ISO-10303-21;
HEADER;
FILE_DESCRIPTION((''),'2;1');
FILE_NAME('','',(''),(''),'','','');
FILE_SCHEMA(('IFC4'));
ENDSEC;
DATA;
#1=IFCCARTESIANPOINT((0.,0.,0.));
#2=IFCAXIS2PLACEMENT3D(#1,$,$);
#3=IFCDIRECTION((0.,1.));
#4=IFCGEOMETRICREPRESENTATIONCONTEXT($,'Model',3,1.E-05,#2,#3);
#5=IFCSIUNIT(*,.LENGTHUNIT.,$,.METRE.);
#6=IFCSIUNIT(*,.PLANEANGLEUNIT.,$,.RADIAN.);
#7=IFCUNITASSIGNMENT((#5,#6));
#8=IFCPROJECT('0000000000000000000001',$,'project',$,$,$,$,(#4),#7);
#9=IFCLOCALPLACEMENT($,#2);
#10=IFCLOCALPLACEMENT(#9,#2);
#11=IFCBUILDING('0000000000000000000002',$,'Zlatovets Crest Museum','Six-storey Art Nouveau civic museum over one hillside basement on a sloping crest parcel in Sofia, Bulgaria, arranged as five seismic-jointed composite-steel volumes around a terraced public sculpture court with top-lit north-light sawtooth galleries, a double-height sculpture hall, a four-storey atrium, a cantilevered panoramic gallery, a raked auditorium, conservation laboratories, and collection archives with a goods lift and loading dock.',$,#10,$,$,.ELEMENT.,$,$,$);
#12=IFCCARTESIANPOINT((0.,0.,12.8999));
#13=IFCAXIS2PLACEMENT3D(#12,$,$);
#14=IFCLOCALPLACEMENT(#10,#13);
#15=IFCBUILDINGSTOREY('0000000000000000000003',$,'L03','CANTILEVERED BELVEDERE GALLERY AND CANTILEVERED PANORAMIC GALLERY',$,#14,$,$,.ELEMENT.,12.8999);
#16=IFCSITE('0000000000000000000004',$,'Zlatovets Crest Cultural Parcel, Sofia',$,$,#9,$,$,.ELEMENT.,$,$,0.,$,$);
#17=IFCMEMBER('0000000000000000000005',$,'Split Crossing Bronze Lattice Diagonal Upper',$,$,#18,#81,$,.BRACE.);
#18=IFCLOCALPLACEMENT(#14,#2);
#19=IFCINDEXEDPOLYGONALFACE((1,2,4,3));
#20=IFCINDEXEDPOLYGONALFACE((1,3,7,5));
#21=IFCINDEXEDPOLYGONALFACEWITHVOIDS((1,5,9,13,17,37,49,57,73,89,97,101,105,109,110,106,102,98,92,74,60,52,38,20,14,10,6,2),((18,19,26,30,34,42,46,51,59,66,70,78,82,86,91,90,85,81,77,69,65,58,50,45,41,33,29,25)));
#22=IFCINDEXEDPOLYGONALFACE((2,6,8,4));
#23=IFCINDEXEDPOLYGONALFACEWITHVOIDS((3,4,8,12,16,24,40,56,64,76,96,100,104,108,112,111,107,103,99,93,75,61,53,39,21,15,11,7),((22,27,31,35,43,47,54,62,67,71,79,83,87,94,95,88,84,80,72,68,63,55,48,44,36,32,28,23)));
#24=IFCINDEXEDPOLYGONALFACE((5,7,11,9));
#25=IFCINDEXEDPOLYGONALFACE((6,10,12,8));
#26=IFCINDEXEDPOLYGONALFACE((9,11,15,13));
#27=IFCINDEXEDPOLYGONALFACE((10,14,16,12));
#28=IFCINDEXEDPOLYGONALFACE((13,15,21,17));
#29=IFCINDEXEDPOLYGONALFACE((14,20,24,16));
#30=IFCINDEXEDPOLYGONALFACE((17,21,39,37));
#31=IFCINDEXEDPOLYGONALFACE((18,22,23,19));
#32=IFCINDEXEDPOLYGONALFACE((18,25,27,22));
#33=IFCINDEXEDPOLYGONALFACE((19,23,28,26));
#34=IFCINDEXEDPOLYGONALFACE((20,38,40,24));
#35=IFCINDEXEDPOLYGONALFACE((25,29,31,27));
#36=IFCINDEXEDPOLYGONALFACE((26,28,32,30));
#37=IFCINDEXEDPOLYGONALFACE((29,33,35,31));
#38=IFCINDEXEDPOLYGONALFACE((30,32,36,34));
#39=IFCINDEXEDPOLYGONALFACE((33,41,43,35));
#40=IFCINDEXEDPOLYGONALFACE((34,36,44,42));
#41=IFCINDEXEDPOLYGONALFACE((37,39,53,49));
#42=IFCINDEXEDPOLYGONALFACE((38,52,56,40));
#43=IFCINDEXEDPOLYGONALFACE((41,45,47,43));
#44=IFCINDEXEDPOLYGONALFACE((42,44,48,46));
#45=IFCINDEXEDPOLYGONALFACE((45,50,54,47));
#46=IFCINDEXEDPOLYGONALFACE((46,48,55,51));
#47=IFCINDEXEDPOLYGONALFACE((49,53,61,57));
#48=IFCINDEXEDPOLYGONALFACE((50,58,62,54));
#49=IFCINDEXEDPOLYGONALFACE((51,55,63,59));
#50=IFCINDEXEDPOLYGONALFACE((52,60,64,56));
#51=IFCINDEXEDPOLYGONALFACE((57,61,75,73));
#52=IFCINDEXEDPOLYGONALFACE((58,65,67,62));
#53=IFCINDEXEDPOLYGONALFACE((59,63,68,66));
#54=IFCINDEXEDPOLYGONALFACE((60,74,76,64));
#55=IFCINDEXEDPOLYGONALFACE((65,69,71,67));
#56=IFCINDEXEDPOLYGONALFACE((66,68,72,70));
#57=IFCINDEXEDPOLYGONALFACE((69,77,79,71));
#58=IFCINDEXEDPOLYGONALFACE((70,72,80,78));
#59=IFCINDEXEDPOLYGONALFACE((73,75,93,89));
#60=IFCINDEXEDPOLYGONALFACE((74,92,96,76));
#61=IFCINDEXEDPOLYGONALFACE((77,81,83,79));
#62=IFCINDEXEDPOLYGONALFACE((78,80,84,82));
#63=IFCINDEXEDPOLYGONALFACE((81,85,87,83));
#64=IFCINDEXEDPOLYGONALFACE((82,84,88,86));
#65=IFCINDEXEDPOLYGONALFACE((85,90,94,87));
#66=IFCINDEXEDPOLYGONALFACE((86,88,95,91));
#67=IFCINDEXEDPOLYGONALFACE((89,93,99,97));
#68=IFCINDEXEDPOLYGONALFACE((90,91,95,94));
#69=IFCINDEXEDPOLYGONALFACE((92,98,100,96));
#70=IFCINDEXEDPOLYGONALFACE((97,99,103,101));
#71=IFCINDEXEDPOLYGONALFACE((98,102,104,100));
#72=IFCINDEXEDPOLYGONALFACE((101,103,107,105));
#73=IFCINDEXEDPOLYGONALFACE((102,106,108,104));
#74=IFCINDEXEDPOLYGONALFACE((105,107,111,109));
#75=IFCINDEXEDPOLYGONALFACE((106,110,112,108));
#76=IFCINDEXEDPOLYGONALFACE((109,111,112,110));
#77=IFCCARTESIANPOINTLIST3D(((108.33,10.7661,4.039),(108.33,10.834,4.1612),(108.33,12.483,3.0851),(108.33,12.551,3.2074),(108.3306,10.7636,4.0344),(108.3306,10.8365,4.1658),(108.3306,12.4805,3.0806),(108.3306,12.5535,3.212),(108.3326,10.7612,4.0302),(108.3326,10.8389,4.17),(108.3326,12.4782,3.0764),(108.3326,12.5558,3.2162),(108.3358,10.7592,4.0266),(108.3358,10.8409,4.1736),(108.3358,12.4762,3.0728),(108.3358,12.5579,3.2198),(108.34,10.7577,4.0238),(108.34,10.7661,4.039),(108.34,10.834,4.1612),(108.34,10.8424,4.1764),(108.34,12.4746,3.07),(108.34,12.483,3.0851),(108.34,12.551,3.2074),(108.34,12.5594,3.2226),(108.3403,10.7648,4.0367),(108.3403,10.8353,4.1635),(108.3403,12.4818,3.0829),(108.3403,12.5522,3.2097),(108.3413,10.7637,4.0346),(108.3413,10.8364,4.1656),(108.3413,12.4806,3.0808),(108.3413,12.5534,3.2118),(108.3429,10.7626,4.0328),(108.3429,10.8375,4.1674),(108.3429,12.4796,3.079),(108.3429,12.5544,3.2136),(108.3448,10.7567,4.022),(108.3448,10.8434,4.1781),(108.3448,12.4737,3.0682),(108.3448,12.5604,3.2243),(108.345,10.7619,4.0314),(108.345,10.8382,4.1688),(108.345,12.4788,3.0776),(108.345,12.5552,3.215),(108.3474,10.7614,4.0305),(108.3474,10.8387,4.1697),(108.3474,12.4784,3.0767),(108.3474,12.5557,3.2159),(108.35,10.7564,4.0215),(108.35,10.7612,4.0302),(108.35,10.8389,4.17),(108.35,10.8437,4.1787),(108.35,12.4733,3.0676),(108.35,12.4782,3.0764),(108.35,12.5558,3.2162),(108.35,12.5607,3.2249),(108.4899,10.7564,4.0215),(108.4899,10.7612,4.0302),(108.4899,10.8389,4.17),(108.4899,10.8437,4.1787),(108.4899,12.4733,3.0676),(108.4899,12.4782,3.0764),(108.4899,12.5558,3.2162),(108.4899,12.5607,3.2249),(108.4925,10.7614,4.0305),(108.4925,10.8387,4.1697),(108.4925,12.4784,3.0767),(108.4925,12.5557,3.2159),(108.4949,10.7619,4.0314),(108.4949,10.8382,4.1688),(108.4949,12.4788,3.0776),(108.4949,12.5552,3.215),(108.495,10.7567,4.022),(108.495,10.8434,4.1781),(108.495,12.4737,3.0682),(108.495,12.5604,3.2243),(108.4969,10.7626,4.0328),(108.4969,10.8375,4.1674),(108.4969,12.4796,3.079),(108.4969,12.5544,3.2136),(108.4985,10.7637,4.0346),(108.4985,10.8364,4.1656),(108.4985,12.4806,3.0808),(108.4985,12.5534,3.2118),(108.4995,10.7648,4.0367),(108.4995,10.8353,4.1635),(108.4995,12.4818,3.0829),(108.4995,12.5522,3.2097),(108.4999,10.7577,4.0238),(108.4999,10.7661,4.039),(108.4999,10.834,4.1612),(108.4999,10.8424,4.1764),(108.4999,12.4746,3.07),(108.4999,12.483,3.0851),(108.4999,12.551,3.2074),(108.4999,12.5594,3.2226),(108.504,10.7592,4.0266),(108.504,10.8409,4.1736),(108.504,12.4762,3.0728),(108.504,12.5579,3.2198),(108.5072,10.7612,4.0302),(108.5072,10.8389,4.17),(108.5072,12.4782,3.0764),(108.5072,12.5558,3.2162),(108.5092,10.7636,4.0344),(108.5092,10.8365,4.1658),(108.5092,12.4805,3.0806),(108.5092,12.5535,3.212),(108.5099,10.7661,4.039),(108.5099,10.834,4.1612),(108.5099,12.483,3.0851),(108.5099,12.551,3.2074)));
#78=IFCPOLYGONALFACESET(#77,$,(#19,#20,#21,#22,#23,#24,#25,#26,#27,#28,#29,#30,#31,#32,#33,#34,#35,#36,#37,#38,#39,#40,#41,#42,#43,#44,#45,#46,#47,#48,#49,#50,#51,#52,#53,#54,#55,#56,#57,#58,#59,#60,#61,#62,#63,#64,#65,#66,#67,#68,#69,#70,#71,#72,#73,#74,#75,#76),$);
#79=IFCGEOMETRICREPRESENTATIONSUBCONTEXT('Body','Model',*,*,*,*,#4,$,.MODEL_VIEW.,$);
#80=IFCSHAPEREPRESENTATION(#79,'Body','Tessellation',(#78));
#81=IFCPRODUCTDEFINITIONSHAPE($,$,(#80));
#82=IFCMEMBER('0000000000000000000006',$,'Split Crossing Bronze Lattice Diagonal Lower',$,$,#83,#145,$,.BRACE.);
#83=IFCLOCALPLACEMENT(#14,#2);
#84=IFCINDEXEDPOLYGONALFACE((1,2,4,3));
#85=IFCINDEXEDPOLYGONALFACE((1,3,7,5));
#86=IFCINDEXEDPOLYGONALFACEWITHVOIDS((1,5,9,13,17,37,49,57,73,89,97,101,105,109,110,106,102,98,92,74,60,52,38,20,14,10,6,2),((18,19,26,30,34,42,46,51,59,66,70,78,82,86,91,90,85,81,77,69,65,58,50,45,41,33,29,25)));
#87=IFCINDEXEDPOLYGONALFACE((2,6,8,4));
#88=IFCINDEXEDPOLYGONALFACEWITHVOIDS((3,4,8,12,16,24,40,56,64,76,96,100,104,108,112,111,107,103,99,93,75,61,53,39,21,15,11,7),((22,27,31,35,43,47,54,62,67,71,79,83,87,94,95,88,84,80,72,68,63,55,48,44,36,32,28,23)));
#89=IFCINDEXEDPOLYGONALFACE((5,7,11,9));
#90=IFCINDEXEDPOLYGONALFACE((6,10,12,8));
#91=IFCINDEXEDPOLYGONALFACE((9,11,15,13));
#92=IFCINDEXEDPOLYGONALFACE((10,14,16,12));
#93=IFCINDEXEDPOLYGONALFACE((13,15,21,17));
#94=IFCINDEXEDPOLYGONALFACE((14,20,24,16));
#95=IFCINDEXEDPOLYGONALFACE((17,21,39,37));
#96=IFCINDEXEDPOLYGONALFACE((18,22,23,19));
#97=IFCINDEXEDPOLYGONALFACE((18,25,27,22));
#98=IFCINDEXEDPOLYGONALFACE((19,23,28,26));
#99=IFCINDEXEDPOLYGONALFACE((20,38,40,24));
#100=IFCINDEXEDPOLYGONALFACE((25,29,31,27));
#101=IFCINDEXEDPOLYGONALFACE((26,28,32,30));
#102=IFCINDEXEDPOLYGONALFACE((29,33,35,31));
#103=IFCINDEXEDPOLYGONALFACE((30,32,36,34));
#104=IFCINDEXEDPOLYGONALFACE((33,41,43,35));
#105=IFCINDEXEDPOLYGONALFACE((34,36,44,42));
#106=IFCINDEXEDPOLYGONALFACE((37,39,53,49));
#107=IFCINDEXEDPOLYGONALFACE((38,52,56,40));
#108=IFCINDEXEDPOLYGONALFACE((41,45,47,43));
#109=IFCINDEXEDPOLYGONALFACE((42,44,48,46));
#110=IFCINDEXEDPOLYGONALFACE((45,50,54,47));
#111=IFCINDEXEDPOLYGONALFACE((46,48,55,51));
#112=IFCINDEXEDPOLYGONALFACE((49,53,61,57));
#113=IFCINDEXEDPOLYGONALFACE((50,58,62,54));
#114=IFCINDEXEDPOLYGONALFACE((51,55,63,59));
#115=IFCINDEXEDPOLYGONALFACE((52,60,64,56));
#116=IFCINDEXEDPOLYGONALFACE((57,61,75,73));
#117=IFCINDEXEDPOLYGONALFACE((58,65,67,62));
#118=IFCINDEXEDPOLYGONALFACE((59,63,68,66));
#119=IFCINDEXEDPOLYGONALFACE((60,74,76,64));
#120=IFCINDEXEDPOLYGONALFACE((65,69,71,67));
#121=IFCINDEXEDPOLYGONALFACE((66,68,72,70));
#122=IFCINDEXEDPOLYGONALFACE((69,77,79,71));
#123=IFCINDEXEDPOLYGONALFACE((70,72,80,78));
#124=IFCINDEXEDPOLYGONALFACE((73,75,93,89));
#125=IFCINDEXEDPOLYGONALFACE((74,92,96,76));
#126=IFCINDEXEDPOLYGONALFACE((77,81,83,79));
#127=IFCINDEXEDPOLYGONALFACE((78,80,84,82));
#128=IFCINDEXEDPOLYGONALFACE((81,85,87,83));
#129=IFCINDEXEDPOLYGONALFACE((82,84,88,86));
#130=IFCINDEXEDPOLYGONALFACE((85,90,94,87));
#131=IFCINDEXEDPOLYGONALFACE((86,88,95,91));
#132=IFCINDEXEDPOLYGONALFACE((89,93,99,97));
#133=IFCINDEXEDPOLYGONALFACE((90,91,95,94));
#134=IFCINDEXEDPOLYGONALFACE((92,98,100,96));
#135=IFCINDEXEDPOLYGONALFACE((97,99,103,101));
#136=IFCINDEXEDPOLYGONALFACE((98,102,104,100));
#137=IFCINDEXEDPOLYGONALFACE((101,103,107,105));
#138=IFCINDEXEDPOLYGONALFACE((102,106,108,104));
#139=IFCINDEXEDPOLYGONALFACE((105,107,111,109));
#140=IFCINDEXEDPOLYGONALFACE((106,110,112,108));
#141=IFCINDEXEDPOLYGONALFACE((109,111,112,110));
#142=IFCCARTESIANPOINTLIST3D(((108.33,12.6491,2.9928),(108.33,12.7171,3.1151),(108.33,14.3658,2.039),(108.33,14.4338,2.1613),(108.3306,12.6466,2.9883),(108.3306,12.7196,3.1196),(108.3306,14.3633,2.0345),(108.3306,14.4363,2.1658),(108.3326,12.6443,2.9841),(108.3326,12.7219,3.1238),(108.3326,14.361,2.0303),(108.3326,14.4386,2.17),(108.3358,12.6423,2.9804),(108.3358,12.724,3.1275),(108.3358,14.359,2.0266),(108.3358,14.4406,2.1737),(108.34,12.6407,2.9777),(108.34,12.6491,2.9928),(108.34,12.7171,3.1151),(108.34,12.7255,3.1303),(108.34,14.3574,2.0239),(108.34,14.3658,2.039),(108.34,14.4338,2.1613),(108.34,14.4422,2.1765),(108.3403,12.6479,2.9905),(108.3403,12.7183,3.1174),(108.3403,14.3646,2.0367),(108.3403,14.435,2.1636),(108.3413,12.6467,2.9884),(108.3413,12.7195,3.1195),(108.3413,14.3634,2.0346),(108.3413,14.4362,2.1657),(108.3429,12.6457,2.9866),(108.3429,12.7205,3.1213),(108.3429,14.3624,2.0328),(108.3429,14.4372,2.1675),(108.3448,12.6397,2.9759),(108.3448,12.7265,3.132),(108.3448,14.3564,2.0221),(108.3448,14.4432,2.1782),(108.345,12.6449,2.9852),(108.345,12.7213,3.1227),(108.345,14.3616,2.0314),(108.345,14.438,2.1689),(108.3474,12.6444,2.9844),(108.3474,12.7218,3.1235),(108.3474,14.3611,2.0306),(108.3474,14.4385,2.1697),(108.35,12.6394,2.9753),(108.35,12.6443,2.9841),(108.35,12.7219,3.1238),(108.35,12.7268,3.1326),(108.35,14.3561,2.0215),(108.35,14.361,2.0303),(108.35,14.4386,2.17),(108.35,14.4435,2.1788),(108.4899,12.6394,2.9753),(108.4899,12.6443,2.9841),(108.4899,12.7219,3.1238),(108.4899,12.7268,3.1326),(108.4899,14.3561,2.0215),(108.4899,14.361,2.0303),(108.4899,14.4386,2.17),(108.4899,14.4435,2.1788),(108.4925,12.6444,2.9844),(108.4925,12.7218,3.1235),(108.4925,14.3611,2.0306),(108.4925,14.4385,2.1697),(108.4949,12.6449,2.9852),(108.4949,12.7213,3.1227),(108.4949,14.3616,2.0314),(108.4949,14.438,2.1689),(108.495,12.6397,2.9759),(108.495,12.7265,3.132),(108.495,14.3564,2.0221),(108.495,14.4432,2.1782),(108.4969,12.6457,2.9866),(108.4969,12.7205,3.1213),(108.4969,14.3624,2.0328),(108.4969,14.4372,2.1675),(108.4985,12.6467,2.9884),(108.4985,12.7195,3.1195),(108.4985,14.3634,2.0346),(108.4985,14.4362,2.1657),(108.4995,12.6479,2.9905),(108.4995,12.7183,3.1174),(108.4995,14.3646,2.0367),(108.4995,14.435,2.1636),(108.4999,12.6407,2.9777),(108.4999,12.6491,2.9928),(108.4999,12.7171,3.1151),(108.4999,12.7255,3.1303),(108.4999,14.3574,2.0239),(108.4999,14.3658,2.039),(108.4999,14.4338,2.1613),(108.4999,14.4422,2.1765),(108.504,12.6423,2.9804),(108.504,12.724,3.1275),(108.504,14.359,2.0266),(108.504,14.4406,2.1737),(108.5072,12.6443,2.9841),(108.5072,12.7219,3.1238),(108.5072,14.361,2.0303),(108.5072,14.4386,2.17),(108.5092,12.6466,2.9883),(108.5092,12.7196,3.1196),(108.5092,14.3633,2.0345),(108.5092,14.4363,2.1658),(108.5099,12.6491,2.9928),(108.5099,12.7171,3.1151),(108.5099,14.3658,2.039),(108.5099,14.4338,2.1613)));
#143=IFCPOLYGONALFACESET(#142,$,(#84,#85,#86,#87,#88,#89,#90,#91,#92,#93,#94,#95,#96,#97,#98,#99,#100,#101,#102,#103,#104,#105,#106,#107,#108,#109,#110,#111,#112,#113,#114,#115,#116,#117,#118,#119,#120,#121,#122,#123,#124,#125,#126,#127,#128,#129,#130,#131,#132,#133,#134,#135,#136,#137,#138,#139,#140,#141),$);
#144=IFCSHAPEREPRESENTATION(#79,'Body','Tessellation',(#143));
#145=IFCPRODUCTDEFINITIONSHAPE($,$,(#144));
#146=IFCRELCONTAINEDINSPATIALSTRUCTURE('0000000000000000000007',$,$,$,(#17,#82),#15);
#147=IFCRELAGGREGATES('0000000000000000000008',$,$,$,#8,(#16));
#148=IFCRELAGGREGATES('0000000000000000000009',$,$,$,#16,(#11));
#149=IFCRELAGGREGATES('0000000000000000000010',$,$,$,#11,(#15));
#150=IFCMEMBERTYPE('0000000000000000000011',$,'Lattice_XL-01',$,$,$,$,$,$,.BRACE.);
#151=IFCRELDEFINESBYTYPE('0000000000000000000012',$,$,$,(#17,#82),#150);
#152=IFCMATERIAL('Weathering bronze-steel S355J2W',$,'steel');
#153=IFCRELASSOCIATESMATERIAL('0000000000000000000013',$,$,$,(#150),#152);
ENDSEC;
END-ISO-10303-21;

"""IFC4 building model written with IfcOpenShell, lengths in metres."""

from ifc_helpers import new_model, si_unit, direction, frame, origin, origin_2d, place, context, subcontext, project, spatial, hollow_rectangle, extrude, material, material_profile, profile_set, type_object, element, save


model = new_model("IFC4")

# Units and contexts
model_context = context("Model", 3, precision=1e-05, world=origin(), true_north=direction((0.0, 1.0)))
body_context = subcontext(model_context, "Body", "Model", "MODEL_VIEW")
ifc_project = project(units=[si_unit("LENGTHUNIT", "METRE"), si_unit("PLANEANGLEUNIT", "RADIAN")], contexts=[model_context])

# Site, building, storey
site_placement = place(None, origin())
site = spatial("IfcSite", under=ifc_project, at=site_placement, Name="Zlatovets Crest Cultural Parcel, Sofia", CompositionType="ELEMENT", RefElevation=0.0)
building_placement = place(site_placement, origin())
building = spatial("IfcBuilding", under=site, at=building_placement, Name="Zlatovets Crest Museum", Description="Six-storey Art Nouveau civic museum over one hillside basement on a sloping crest parcel in Sofia, Bulgaria, arranged as five seismic-jointed composite-steel volumes around a terraced public sculpture court with top-lit north-light sawtooth galleries, a double-height sculpture hall, a four-storey atrium, a cantilevered panoramic gallery, a raked auditorium, conservation laboratories, and collection archives with a goods lift and loading dock.", CompositionType="ELEMENT")
storey_placement = place(building_placement, frame((0.0, 0.0, 12.8999)))
storey = spatial("IfcBuildingStorey", under=building, at=storey_placement, Name="L03", Description="CANTILEVERED BELVEDERE GALLERY AND CANTILEVERED PANORAMIC GALLERY", CompositionType="ELEMENT", Elevation=12.8999)

# Members
ifc_material_1 = material(Name="Weathering bronze-steel S355J2W", Category="steel")
ifc_material_profile_1 = material_profile(ifc_material_1, hollow_rectangle(XDim=0.1799, YDim=0.1799, WallThickness=0.01, InnerFilletRadius=0.01, OuterFilletRadius=0.02, at=origin_2d()), Name="SHS 180x180x10.0")
ifc_profile_set_1 = profile_set([ifc_material_profile_1], Name="Weathering bronze-steel S355J2W")
member_type_1 = type_object("IfcMemberType", Name="Lattice_XL-01", PredefinedType="BRACE", material=ifc_profile_set_1)
member_1_placement = place(storey_placement, frame((108.4199, 10.8, 4.1001), z_axis=(0.0, 0.874169, -0.485622), x_axis=(-1.0, 0.0, 0.0)))
element("IfcMember", 1, at=member_1_placement, inside=storey, type_object=member_type_1, Name="Split Crossing Bronze Lattice Diagonal Upper", PredefinedType="BRACE", context=body_context, shape_type="SweptSolid", body=[
    extrude(hollow_rectangle(XDim=0.1799, YDim=0.1799, WallThickness=0.01, InnerFilletRadius=0.01, OuterFilletRadius=0.02, at=origin_2d()), origin(), (0.0, 0.0, 1.0), 1.9641),
])
member_2_placement = place(storey_placement, frame((108.4199, 12.6831, 3.054), z_axis=(0.0, 0.87414, -0.485675), x_axis=(-1.0, 0.0, 0.0)))
element("IfcMember", 2, at=member_2_placement, inside=storey, type_object=member_type_1, Name="Split Crossing Bronze Lattice Diagonal Lower", PredefinedType="BRACE", context=body_context, shape_type="SweptSolid", body=[
    extrude(hollow_rectangle(XDim=0.1799, YDim=0.1799, WallThickness=0.01, InnerFilletRadius=0.01, OuterFilletRadius=0.02, at=origin_2d()), origin(), (0.0, 0.0, 1.0), 1.9639),
])

save(model, "model.ifc")
